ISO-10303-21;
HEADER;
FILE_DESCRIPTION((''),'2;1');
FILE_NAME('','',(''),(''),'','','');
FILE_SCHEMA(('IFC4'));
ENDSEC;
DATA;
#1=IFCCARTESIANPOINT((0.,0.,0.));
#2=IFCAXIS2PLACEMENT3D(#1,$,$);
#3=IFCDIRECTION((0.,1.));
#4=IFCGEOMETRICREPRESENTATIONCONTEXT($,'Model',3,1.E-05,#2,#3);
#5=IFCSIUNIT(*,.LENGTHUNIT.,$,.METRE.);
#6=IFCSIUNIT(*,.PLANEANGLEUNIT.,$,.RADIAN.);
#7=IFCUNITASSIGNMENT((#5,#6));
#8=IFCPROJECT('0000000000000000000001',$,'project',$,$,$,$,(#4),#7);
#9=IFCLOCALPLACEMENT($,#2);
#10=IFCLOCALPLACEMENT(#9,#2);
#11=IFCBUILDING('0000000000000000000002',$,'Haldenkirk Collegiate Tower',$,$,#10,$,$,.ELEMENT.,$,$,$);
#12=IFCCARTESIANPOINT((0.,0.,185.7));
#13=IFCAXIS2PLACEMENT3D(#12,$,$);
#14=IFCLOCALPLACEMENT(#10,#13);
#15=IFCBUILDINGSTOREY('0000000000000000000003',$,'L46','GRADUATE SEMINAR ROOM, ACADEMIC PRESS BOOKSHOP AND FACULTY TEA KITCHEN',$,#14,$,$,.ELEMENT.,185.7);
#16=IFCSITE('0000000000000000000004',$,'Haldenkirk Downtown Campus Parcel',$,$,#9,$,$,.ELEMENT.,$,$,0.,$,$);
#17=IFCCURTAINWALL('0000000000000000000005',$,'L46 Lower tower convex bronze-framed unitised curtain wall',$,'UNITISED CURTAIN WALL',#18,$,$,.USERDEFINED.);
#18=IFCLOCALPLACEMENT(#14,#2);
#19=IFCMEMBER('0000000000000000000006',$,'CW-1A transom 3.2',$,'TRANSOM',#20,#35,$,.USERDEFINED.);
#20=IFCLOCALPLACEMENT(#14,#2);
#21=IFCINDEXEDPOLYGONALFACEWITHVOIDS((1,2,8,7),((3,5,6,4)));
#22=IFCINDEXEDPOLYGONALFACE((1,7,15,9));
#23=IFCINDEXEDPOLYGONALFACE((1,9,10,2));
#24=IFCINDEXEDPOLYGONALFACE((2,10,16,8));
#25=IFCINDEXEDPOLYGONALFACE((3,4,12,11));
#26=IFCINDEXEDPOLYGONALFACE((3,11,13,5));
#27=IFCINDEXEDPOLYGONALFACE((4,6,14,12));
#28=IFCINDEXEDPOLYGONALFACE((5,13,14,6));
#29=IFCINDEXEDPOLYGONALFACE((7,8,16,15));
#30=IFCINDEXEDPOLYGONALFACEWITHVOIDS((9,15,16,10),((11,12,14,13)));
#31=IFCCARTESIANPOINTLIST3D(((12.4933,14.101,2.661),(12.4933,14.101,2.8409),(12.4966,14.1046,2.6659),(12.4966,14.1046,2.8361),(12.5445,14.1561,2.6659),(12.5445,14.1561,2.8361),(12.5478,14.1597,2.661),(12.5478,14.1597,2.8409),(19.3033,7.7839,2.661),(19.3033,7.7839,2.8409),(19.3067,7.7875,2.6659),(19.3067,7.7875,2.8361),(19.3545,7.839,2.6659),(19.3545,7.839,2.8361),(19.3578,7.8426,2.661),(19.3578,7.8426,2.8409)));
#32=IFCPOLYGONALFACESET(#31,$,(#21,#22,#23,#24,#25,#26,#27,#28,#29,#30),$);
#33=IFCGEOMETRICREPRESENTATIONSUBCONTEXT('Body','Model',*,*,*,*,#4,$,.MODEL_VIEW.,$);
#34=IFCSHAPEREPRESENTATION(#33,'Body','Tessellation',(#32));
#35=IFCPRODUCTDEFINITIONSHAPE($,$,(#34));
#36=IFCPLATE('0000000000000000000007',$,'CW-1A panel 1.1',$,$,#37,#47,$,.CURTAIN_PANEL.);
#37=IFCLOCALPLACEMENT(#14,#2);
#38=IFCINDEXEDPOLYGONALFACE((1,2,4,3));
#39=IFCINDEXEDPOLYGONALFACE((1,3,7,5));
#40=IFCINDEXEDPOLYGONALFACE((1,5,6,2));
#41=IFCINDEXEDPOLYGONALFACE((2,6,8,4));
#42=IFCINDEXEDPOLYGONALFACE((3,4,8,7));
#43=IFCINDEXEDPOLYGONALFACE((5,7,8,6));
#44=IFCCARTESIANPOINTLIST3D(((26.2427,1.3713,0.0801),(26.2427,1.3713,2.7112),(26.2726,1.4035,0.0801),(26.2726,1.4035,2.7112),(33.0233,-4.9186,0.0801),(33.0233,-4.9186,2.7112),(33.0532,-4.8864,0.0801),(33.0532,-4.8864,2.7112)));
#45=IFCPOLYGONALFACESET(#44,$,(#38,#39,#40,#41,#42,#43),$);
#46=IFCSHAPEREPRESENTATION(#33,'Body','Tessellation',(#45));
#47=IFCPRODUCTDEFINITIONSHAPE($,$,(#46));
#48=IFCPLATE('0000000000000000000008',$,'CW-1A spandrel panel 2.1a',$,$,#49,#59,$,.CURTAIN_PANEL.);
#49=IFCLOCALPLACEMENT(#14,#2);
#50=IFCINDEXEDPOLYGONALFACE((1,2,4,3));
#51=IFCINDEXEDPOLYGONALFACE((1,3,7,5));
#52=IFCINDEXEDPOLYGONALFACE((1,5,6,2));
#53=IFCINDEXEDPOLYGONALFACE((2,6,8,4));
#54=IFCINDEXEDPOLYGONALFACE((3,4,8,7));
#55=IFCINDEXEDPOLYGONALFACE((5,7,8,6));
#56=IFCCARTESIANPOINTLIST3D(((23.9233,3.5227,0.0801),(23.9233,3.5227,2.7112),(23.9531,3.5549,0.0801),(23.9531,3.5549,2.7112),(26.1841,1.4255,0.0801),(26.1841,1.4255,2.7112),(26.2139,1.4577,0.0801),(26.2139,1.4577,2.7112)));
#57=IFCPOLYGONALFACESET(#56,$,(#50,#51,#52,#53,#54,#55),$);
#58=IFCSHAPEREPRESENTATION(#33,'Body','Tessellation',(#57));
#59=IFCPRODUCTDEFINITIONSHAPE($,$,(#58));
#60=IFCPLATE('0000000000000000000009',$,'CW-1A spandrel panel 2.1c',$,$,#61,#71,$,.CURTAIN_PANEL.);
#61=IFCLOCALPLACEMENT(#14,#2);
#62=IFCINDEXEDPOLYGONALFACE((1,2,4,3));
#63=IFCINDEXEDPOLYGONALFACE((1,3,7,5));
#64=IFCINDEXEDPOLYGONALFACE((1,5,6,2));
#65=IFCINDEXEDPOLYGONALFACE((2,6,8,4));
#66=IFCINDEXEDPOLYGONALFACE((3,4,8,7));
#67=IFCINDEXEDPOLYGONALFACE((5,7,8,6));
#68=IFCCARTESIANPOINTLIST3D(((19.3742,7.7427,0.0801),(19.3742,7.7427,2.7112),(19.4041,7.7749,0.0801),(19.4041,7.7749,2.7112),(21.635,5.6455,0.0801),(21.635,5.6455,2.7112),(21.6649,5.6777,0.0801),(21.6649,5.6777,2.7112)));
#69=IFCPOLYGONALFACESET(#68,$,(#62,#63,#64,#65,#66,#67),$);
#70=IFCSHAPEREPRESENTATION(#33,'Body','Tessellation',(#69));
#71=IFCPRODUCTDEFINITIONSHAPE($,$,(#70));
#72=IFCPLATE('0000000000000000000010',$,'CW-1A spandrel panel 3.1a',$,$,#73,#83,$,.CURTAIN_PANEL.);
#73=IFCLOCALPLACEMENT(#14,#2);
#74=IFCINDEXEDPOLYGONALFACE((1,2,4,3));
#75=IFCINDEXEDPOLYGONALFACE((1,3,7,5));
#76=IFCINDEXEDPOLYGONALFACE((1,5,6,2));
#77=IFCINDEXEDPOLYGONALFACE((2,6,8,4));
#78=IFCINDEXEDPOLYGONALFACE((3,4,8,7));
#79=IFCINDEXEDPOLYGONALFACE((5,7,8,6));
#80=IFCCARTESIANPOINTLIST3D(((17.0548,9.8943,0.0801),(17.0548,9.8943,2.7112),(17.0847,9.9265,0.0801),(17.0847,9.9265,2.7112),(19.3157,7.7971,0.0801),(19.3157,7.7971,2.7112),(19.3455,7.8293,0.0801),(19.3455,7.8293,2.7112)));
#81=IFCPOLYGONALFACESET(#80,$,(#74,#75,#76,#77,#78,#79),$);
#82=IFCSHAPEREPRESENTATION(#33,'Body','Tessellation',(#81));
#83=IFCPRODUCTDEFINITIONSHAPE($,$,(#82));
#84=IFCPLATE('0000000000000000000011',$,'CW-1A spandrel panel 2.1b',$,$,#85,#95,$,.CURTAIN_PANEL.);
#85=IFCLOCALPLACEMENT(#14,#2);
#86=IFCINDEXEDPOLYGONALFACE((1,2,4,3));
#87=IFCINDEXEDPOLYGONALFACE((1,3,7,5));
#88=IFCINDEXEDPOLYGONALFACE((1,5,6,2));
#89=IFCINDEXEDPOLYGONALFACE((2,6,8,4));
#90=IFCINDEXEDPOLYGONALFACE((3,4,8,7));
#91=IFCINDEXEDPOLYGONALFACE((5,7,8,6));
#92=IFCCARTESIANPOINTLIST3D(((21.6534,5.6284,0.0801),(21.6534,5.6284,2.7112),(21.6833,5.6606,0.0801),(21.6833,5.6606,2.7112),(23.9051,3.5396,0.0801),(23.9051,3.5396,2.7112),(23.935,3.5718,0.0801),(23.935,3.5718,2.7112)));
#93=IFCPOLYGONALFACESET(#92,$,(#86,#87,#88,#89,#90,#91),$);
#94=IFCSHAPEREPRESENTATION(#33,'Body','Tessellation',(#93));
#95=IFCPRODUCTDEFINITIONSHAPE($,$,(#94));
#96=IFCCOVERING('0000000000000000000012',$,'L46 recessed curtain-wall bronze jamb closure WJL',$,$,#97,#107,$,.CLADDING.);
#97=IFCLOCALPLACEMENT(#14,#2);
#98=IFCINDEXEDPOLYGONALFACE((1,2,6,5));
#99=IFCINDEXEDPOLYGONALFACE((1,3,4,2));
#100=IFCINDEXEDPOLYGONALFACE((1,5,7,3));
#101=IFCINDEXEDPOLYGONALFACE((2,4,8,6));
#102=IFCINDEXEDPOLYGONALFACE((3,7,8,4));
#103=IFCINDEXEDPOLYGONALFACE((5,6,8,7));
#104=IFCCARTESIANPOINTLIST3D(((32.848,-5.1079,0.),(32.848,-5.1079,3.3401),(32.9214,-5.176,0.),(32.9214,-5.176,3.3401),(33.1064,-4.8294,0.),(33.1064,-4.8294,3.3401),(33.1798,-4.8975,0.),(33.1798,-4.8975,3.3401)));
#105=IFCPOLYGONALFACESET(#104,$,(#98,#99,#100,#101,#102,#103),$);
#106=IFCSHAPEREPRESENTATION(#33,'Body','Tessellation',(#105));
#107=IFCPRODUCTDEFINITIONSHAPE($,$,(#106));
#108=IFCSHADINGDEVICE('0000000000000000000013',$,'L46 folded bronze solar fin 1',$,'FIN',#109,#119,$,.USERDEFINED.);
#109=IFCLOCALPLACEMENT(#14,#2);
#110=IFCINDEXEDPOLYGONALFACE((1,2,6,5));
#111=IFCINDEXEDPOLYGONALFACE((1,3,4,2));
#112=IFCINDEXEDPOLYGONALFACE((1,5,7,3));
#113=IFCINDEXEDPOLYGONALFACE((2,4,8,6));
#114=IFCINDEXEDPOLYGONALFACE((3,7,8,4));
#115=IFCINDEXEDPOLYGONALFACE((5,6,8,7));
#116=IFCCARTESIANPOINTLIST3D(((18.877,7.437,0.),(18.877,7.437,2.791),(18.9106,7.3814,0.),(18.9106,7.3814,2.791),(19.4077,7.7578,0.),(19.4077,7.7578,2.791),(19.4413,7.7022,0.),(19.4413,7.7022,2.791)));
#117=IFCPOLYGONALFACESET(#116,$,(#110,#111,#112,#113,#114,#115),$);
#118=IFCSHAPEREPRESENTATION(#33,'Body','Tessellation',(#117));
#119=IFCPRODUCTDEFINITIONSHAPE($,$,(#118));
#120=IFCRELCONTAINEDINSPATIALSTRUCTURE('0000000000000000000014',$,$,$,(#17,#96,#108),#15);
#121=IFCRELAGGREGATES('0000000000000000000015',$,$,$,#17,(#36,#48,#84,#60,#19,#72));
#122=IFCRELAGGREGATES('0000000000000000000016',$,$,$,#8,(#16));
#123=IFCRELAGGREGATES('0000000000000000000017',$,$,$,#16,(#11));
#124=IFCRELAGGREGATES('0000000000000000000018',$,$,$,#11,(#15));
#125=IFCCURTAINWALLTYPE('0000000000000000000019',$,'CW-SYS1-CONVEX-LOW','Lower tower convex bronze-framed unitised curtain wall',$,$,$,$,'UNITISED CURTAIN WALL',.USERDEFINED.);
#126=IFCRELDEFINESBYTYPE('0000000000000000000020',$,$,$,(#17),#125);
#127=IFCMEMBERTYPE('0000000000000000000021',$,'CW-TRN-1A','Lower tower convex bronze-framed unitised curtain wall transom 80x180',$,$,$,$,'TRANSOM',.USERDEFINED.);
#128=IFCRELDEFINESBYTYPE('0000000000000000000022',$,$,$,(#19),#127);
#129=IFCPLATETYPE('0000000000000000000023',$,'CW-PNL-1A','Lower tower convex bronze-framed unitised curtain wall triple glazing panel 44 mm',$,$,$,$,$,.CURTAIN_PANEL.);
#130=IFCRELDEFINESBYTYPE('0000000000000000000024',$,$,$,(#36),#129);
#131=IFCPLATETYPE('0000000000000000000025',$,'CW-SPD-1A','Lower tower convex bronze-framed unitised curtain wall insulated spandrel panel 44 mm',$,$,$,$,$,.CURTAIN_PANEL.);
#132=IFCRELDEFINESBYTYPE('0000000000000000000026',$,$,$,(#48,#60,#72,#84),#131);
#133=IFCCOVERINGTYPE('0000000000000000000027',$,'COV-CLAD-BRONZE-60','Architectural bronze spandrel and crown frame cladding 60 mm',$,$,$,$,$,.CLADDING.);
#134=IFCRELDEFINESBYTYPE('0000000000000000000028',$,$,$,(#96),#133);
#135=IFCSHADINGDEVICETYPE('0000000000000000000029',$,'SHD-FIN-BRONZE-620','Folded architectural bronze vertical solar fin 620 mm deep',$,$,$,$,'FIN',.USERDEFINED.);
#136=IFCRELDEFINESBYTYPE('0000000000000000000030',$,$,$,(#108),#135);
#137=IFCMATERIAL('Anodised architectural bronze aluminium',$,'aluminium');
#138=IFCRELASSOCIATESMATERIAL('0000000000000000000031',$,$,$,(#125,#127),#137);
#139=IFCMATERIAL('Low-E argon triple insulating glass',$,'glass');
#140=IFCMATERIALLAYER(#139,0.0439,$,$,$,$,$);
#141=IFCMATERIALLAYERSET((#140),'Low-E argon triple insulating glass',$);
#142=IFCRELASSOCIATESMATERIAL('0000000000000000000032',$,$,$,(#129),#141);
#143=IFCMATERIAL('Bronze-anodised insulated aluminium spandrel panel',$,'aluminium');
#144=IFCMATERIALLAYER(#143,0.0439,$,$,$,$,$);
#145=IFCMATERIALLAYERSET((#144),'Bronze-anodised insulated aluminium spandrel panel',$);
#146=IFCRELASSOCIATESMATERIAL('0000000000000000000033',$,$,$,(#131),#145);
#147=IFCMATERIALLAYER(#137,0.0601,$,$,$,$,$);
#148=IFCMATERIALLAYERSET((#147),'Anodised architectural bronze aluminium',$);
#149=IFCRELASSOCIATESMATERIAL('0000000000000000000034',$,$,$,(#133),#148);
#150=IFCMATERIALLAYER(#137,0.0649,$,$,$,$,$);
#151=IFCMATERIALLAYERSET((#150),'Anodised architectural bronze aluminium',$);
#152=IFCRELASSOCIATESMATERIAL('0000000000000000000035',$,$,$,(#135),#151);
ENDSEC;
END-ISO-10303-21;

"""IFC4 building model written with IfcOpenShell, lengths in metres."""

from ifc_helpers import new_model, si_unit, direction, frame, origin, origin_2d, place, context, subcontext, project, spatial, rectangle, hollow_rectangle, extrude, source, transform, mapped, material, layer, layer_set, material_profile, profile_set, type_object, element, aggregate, save


model = new_model("IFC4")

# Units and contexts
model_context = context("Model", 3, precision=1e-05, world=origin(), true_north=direction((0.0, 1.0)))
body_context = subcontext(model_context, "Body", "Model", "MODEL_VIEW")
ifc_project = project(units=[si_unit("LENGTHUNIT", "METRE"), si_unit("PLANEANGLEUNIT", "RADIAN")], contexts=[model_context])

# Site, building, storey
site_placement = place(None, origin())
site = spatial("IfcSite", under=ifc_project, at=site_placement, Name="Haldenkirk Downtown Campus Parcel", CompositionType="ELEMENT", RefElevation=0.0)
building_placement = place(site_placement, origin())
building = spatial("IfcBuilding", under=site, at=building_placement, Name="Haldenkirk Collegiate Tower", CompositionType="ELEMENT")
storey_placement = place(building_placement, frame((0.0, 0.0, 185.7)))
storey = spatial("IfcBuildingStorey", under=building, at=storey_placement, Name="L46", Description="GRADUATE SEMINAR ROOM, ACADEMIC PRESS BOOKSHOP AND FACULTY TEA KITCHEN", CompositionType="ELEMENT", Elevation=185.7)

# Curtain wall, member, plates
ifc_material_1 = material(Name="Anodised architectural bronze aluminium", Category="aluminium")
curtain_wall_type = type_object("IfcCurtainWallType", Name="CW-SYS1-CONVEX-LOW", Description="Lower tower convex bronze-framed unitised curtain wall", ElementType="UNITISED CURTAIN WALL", PredefinedType="USERDEFINED", material=ifc_material_1)
curtain_wall_placement = place(storey_placement, origin())
curtain_wall = element("IfcCurtainWall", 1, at=curtain_wall_placement, inside=storey, type_object=curtain_wall_type, Name="L46 Lower tower convex bronze-framed unitised curtain wall", ObjectType="UNITISED CURTAIN WALL", PredefinedType="USERDEFINED")
ifc_material_profile_1 = material_profile(ifc_material_1, hollow_rectangle(XDim=0.0801, YDim=0.1799, WallThickness=0.0049, at=origin_2d()), Name="CW-TRN-1A")
ifc_profile_set_1 = profile_set([ifc_material_profile_1], Name="Anodised architectural bronze aluminium")
member_type_1 = type_object("IfcMemberType", Name="CW-TRN-1A", Description="Lower tower convex bronze-framed unitised curtain wall transom 80x180", ElementType="TRANSOM", PredefinedType="USERDEFINED", material=ifc_profile_set_1)
member_1_placement = place(storey_placement, frame((19.3306, 7.8132, 2.751), z_axis=(-0.733142, 0.680076, 0.0), x_axis=(-0.680076, -0.733142, 0.0)))
member_1 = element("IfcMember", 2, at=member_1_placement, type_object=member_type_1, Name="CW-1A transom 3.2", ObjectType="TRANSOM", PredefinedType="USERDEFINED", context=body_context, shape_type="SweptSolid", body=[
    extrude(hollow_rectangle(XDim=0.0801, YDim=0.1799, WallThickness=0.0049, at=origin_2d()), origin(), (0.0, 0.0, 1.0), 9.2888),
])
ifc_material_2 = material(Name="Low-E argon triple insulating glass", Category="glass")
ifc_layer_1 = layer(ifc_material_2, 0.0439)
ifc_layer_set_1 = layer_set([ifc_layer_1], Name="Low-E argon triple insulating glass")
plate_type_1 = type_object("IfcPlateType", Name="CW-PNL-1A", Description="Lower tower convex bronze-framed unitised curtain wall triple glazing panel 44 mm", PredefinedType="CURTAIN_PANEL", material=ifc_layer_set_1)
shared_shape_1 = source(origin(), body_context, "Body", "SweptSolid", [
    extrude(rectangle(XDim=9.2488, YDim=0.0439, at=origin_2d()), origin(), (0.0, 0.0, 1.0), 2.6311),
])
plate_1_placement = place(storey_placement, frame((29.6479, -1.7576, 0.0801), z_axis=(0.0, 0.0, 1.0), x_axis=(-0.733137, 0.680081, 0.0)))
plate_1 = element("IfcPlate", 3, at=plate_1_placement, type_object=plate_type_1, Name="CW-1A panel 1.1", PredefinedType="CURTAIN_PANEL", context=body_context, shape_type="MappedRepresentation", body=[
    mapped(shared_shape_1, transform((0.0, 0.0, 0.0), x_axis=(1.0, 0.0, 0.0), y_axis=(0.0, 1.0, 0.0), z_axis=(0.0, 0.0, 1.0), scale=1.0)),
])
ifc_material_3 = material(Name="Bronze-anodised insulated aluminium spandrel panel", Category="aluminium")
ifc_layer_2 = layer(ifc_material_3, 0.0439)
ifc_layer_set_2 = layer_set([ifc_layer_2], Name="Bronze-anodised insulated aluminium spandrel panel")
plate_type_2 = type_object("IfcPlateType", Name="CW-SPD-1A", Description="Lower tower convex bronze-framed unitised curtain wall insulated spandrel panel 44 mm", PredefinedType="CURTAIN_PANEL", material=ifc_layer_set_2)
shared_shape_2 = source(origin(), body_context, "Body", "SweptSolid", [
    extrude(rectangle(XDim=3.0837, YDim=0.0439, at=origin_2d()), origin(), (0.0, 0.0, 1.0), 2.6311),
])
plate_2_placement = place(storey_placement, frame((25.0686, 2.4902, 0.0801), z_axis=(0.0, 0.0, 1.0), x_axis=(-0.733137, 0.680081, 0.0)))
plate_2 = element("IfcPlate", 4, at=plate_2_placement, type_object=plate_type_2, Name="CW-1A spandrel panel 2.1a", PredefinedType="CURTAIN_PANEL", context=body_context, shape_type="MappedRepresentation", body=[
    mapped(shared_shape_2, transform((0.0, 0.0, 0.0), x_axis=(1.0, 0.0, 0.0), y_axis=(0.0, 1.0, 0.0), z_axis=(0.0, 0.0, 1.0), scale=1.0)),
])
plate_3_placement = place(storey_placement, frame((20.5195, 6.7102, 0.0801), z_axis=(0.0, 0.0, 1.0), x_axis=(-0.733137, 0.680081, 0.0)))
plate_3 = element("IfcPlate", 5, at=plate_3_placement, type_object=plate_type_2, Name="CW-1A spandrel panel 2.1c", PredefinedType="CURTAIN_PANEL", context=body_context, shape_type="MappedRepresentation", body=[
    mapped(shared_shape_2, transform((0.0, 0.0, 0.0), x_axis=(1.0, 0.0, 0.0), y_axis=(0.0, 1.0, 0.0), z_axis=(0.0, 0.0, 1.0), scale=1.0)),
])
plate_4_placement = place(storey_placement, frame((18.2002, 8.8618, 0.0801), z_axis=(0.0, 0.0, 1.0), x_axis=(-0.733137, 0.680081, 0.0)))
plate_4 = element("IfcPlate", 6, at=plate_4_placement, type_object=plate_type_2, Name="CW-1A spandrel panel 3.1a", PredefinedType="CURTAIN_PANEL", context=body_context, shape_type="MappedRepresentation", body=[
    mapped(shared_shape_2, transform((0.0, 0.0, 0.0), x_axis=(1.0, 0.0, 0.0), y_axis=(0.0, 1.0, 0.0), z_axis=(0.0, 0.0, 1.0), scale=1.0)),
])
shared_shape_3 = source(origin(), body_context, "Body", "SweptSolid", [
    extrude(rectangle(XDim=3.0713, YDim=0.0439, at=origin_2d()), origin(), (0.0, 0.0, 1.0), 2.6311),
])
plate_5_placement = place(storey_placement, frame((22.7942, 4.6001, 0.0801), z_axis=(0.0, 0.0, 1.0), x_axis=(-0.733137, 0.680081, 0.0)))
plate_5 = element("IfcPlate", 7, at=plate_5_placement, type_object=plate_type_2, Name="CW-1A spandrel panel 2.1b", PredefinedType="CURTAIN_PANEL", context=body_context, shape_type="MappedRepresentation", body=[
    mapped(shared_shape_3, transform((0.0, 0.0, 0.0), x_axis=(1.0, 0.0, 0.0), y_axis=(0.0, 1.0, 0.0), z_axis=(0.0, 0.0, 1.0), scale=1.0)),
])
aggregate(curtain_wall, [plate_1, plate_2, plate_5, plate_3, member_1, plate_4])

# Covering
ifc_layer_3 = layer(ifc_material_1, 0.0601)
ifc_layer_set_3 = layer_set([ifc_layer_3], Name="Anodised architectural bronze aluminium")
covering_type = type_object("IfcCoveringType", Name="COV-CLAD-BRONZE-60", Description="Architectural bronze spandrel and crown frame cladding 60 mm", PredefinedType="CLADDING", material=ifc_layer_set_3)
shared_shape_4 = source(origin(), body_context, "Body", "SweptSolid", [
    extrude(rectangle(XDim=0.1001, YDim=0.3799, at=origin_2d()), origin(), (0.0, 0.0, 1.0), 3.3401),
])
covering_placement = place(storey_placement, frame((33.0139, -5.0027, 0.0), z_axis=(0.0, 0.0, 1.0), x_axis=(-0.733137, 0.680081, 0.0)))
element("IfcCovering", 8, at=covering_placement, inside=storey, type_object=covering_type, Name="L46 recessed curtain-wall bronze jamb closure WJL", PredefinedType="CLADDING", context=body_context, shape_type="MappedRepresentation", body=[
    mapped(shared_shape_4, transform((0.0, 0.0, 0.0), x_axis=(1.0, 0.0, 0.0), y_axis=(0.0, 1.0, 0.0), z_axis=(0.0, 0.0, 1.0), scale=1.0)),
])

# Shading device
ifc_layer_4 = layer(ifc_material_1, 0.0649)
ifc_layer_set_4 = layer_set([ifc_layer_4], Name="Anodised architectural bronze aluminium")
shading_device_type = type_object("IfcShadingDeviceType", Name="SHD-FIN-BRONZE-620", Description="Folded architectural bronze vertical solar fin 620 mm deep", ElementType="FIN", PredefinedType="USERDEFINED", material=ifc_layer_set_4)
shared_shape_5 = source(origin(), body_context, "Body", "SweptSolid", [
    extrude(rectangle(XDim=0.6201, YDim=0.0649, at=origin_2d()), origin(), (0.0, 0.0, 1.0), 2.791),
])
shading_device_placement = place(storey_placement, frame((19.1592, 7.5696, 0.0), z_axis=(0.0, 0.0, 1.0), x_axis=(-0.855816, -0.51728, 0.0)))
element("IfcShadingDevice", 9, at=shading_device_placement, inside=storey, type_object=shading_device_type, Name="L46 folded bronze solar fin 1", ObjectType="FIN", PredefinedType="USERDEFINED", context=body_context, shape_type="MappedRepresentation", body=[
    mapped(shared_shape_5, transform((0.0, 0.0, 0.0), x_axis=(1.0, 0.0, 0.0), y_axis=(0.0, 1.0, 0.0), z_axis=(0.0, 0.0, 1.0), scale=1.0)),
])

save(model, "model.ifc")
